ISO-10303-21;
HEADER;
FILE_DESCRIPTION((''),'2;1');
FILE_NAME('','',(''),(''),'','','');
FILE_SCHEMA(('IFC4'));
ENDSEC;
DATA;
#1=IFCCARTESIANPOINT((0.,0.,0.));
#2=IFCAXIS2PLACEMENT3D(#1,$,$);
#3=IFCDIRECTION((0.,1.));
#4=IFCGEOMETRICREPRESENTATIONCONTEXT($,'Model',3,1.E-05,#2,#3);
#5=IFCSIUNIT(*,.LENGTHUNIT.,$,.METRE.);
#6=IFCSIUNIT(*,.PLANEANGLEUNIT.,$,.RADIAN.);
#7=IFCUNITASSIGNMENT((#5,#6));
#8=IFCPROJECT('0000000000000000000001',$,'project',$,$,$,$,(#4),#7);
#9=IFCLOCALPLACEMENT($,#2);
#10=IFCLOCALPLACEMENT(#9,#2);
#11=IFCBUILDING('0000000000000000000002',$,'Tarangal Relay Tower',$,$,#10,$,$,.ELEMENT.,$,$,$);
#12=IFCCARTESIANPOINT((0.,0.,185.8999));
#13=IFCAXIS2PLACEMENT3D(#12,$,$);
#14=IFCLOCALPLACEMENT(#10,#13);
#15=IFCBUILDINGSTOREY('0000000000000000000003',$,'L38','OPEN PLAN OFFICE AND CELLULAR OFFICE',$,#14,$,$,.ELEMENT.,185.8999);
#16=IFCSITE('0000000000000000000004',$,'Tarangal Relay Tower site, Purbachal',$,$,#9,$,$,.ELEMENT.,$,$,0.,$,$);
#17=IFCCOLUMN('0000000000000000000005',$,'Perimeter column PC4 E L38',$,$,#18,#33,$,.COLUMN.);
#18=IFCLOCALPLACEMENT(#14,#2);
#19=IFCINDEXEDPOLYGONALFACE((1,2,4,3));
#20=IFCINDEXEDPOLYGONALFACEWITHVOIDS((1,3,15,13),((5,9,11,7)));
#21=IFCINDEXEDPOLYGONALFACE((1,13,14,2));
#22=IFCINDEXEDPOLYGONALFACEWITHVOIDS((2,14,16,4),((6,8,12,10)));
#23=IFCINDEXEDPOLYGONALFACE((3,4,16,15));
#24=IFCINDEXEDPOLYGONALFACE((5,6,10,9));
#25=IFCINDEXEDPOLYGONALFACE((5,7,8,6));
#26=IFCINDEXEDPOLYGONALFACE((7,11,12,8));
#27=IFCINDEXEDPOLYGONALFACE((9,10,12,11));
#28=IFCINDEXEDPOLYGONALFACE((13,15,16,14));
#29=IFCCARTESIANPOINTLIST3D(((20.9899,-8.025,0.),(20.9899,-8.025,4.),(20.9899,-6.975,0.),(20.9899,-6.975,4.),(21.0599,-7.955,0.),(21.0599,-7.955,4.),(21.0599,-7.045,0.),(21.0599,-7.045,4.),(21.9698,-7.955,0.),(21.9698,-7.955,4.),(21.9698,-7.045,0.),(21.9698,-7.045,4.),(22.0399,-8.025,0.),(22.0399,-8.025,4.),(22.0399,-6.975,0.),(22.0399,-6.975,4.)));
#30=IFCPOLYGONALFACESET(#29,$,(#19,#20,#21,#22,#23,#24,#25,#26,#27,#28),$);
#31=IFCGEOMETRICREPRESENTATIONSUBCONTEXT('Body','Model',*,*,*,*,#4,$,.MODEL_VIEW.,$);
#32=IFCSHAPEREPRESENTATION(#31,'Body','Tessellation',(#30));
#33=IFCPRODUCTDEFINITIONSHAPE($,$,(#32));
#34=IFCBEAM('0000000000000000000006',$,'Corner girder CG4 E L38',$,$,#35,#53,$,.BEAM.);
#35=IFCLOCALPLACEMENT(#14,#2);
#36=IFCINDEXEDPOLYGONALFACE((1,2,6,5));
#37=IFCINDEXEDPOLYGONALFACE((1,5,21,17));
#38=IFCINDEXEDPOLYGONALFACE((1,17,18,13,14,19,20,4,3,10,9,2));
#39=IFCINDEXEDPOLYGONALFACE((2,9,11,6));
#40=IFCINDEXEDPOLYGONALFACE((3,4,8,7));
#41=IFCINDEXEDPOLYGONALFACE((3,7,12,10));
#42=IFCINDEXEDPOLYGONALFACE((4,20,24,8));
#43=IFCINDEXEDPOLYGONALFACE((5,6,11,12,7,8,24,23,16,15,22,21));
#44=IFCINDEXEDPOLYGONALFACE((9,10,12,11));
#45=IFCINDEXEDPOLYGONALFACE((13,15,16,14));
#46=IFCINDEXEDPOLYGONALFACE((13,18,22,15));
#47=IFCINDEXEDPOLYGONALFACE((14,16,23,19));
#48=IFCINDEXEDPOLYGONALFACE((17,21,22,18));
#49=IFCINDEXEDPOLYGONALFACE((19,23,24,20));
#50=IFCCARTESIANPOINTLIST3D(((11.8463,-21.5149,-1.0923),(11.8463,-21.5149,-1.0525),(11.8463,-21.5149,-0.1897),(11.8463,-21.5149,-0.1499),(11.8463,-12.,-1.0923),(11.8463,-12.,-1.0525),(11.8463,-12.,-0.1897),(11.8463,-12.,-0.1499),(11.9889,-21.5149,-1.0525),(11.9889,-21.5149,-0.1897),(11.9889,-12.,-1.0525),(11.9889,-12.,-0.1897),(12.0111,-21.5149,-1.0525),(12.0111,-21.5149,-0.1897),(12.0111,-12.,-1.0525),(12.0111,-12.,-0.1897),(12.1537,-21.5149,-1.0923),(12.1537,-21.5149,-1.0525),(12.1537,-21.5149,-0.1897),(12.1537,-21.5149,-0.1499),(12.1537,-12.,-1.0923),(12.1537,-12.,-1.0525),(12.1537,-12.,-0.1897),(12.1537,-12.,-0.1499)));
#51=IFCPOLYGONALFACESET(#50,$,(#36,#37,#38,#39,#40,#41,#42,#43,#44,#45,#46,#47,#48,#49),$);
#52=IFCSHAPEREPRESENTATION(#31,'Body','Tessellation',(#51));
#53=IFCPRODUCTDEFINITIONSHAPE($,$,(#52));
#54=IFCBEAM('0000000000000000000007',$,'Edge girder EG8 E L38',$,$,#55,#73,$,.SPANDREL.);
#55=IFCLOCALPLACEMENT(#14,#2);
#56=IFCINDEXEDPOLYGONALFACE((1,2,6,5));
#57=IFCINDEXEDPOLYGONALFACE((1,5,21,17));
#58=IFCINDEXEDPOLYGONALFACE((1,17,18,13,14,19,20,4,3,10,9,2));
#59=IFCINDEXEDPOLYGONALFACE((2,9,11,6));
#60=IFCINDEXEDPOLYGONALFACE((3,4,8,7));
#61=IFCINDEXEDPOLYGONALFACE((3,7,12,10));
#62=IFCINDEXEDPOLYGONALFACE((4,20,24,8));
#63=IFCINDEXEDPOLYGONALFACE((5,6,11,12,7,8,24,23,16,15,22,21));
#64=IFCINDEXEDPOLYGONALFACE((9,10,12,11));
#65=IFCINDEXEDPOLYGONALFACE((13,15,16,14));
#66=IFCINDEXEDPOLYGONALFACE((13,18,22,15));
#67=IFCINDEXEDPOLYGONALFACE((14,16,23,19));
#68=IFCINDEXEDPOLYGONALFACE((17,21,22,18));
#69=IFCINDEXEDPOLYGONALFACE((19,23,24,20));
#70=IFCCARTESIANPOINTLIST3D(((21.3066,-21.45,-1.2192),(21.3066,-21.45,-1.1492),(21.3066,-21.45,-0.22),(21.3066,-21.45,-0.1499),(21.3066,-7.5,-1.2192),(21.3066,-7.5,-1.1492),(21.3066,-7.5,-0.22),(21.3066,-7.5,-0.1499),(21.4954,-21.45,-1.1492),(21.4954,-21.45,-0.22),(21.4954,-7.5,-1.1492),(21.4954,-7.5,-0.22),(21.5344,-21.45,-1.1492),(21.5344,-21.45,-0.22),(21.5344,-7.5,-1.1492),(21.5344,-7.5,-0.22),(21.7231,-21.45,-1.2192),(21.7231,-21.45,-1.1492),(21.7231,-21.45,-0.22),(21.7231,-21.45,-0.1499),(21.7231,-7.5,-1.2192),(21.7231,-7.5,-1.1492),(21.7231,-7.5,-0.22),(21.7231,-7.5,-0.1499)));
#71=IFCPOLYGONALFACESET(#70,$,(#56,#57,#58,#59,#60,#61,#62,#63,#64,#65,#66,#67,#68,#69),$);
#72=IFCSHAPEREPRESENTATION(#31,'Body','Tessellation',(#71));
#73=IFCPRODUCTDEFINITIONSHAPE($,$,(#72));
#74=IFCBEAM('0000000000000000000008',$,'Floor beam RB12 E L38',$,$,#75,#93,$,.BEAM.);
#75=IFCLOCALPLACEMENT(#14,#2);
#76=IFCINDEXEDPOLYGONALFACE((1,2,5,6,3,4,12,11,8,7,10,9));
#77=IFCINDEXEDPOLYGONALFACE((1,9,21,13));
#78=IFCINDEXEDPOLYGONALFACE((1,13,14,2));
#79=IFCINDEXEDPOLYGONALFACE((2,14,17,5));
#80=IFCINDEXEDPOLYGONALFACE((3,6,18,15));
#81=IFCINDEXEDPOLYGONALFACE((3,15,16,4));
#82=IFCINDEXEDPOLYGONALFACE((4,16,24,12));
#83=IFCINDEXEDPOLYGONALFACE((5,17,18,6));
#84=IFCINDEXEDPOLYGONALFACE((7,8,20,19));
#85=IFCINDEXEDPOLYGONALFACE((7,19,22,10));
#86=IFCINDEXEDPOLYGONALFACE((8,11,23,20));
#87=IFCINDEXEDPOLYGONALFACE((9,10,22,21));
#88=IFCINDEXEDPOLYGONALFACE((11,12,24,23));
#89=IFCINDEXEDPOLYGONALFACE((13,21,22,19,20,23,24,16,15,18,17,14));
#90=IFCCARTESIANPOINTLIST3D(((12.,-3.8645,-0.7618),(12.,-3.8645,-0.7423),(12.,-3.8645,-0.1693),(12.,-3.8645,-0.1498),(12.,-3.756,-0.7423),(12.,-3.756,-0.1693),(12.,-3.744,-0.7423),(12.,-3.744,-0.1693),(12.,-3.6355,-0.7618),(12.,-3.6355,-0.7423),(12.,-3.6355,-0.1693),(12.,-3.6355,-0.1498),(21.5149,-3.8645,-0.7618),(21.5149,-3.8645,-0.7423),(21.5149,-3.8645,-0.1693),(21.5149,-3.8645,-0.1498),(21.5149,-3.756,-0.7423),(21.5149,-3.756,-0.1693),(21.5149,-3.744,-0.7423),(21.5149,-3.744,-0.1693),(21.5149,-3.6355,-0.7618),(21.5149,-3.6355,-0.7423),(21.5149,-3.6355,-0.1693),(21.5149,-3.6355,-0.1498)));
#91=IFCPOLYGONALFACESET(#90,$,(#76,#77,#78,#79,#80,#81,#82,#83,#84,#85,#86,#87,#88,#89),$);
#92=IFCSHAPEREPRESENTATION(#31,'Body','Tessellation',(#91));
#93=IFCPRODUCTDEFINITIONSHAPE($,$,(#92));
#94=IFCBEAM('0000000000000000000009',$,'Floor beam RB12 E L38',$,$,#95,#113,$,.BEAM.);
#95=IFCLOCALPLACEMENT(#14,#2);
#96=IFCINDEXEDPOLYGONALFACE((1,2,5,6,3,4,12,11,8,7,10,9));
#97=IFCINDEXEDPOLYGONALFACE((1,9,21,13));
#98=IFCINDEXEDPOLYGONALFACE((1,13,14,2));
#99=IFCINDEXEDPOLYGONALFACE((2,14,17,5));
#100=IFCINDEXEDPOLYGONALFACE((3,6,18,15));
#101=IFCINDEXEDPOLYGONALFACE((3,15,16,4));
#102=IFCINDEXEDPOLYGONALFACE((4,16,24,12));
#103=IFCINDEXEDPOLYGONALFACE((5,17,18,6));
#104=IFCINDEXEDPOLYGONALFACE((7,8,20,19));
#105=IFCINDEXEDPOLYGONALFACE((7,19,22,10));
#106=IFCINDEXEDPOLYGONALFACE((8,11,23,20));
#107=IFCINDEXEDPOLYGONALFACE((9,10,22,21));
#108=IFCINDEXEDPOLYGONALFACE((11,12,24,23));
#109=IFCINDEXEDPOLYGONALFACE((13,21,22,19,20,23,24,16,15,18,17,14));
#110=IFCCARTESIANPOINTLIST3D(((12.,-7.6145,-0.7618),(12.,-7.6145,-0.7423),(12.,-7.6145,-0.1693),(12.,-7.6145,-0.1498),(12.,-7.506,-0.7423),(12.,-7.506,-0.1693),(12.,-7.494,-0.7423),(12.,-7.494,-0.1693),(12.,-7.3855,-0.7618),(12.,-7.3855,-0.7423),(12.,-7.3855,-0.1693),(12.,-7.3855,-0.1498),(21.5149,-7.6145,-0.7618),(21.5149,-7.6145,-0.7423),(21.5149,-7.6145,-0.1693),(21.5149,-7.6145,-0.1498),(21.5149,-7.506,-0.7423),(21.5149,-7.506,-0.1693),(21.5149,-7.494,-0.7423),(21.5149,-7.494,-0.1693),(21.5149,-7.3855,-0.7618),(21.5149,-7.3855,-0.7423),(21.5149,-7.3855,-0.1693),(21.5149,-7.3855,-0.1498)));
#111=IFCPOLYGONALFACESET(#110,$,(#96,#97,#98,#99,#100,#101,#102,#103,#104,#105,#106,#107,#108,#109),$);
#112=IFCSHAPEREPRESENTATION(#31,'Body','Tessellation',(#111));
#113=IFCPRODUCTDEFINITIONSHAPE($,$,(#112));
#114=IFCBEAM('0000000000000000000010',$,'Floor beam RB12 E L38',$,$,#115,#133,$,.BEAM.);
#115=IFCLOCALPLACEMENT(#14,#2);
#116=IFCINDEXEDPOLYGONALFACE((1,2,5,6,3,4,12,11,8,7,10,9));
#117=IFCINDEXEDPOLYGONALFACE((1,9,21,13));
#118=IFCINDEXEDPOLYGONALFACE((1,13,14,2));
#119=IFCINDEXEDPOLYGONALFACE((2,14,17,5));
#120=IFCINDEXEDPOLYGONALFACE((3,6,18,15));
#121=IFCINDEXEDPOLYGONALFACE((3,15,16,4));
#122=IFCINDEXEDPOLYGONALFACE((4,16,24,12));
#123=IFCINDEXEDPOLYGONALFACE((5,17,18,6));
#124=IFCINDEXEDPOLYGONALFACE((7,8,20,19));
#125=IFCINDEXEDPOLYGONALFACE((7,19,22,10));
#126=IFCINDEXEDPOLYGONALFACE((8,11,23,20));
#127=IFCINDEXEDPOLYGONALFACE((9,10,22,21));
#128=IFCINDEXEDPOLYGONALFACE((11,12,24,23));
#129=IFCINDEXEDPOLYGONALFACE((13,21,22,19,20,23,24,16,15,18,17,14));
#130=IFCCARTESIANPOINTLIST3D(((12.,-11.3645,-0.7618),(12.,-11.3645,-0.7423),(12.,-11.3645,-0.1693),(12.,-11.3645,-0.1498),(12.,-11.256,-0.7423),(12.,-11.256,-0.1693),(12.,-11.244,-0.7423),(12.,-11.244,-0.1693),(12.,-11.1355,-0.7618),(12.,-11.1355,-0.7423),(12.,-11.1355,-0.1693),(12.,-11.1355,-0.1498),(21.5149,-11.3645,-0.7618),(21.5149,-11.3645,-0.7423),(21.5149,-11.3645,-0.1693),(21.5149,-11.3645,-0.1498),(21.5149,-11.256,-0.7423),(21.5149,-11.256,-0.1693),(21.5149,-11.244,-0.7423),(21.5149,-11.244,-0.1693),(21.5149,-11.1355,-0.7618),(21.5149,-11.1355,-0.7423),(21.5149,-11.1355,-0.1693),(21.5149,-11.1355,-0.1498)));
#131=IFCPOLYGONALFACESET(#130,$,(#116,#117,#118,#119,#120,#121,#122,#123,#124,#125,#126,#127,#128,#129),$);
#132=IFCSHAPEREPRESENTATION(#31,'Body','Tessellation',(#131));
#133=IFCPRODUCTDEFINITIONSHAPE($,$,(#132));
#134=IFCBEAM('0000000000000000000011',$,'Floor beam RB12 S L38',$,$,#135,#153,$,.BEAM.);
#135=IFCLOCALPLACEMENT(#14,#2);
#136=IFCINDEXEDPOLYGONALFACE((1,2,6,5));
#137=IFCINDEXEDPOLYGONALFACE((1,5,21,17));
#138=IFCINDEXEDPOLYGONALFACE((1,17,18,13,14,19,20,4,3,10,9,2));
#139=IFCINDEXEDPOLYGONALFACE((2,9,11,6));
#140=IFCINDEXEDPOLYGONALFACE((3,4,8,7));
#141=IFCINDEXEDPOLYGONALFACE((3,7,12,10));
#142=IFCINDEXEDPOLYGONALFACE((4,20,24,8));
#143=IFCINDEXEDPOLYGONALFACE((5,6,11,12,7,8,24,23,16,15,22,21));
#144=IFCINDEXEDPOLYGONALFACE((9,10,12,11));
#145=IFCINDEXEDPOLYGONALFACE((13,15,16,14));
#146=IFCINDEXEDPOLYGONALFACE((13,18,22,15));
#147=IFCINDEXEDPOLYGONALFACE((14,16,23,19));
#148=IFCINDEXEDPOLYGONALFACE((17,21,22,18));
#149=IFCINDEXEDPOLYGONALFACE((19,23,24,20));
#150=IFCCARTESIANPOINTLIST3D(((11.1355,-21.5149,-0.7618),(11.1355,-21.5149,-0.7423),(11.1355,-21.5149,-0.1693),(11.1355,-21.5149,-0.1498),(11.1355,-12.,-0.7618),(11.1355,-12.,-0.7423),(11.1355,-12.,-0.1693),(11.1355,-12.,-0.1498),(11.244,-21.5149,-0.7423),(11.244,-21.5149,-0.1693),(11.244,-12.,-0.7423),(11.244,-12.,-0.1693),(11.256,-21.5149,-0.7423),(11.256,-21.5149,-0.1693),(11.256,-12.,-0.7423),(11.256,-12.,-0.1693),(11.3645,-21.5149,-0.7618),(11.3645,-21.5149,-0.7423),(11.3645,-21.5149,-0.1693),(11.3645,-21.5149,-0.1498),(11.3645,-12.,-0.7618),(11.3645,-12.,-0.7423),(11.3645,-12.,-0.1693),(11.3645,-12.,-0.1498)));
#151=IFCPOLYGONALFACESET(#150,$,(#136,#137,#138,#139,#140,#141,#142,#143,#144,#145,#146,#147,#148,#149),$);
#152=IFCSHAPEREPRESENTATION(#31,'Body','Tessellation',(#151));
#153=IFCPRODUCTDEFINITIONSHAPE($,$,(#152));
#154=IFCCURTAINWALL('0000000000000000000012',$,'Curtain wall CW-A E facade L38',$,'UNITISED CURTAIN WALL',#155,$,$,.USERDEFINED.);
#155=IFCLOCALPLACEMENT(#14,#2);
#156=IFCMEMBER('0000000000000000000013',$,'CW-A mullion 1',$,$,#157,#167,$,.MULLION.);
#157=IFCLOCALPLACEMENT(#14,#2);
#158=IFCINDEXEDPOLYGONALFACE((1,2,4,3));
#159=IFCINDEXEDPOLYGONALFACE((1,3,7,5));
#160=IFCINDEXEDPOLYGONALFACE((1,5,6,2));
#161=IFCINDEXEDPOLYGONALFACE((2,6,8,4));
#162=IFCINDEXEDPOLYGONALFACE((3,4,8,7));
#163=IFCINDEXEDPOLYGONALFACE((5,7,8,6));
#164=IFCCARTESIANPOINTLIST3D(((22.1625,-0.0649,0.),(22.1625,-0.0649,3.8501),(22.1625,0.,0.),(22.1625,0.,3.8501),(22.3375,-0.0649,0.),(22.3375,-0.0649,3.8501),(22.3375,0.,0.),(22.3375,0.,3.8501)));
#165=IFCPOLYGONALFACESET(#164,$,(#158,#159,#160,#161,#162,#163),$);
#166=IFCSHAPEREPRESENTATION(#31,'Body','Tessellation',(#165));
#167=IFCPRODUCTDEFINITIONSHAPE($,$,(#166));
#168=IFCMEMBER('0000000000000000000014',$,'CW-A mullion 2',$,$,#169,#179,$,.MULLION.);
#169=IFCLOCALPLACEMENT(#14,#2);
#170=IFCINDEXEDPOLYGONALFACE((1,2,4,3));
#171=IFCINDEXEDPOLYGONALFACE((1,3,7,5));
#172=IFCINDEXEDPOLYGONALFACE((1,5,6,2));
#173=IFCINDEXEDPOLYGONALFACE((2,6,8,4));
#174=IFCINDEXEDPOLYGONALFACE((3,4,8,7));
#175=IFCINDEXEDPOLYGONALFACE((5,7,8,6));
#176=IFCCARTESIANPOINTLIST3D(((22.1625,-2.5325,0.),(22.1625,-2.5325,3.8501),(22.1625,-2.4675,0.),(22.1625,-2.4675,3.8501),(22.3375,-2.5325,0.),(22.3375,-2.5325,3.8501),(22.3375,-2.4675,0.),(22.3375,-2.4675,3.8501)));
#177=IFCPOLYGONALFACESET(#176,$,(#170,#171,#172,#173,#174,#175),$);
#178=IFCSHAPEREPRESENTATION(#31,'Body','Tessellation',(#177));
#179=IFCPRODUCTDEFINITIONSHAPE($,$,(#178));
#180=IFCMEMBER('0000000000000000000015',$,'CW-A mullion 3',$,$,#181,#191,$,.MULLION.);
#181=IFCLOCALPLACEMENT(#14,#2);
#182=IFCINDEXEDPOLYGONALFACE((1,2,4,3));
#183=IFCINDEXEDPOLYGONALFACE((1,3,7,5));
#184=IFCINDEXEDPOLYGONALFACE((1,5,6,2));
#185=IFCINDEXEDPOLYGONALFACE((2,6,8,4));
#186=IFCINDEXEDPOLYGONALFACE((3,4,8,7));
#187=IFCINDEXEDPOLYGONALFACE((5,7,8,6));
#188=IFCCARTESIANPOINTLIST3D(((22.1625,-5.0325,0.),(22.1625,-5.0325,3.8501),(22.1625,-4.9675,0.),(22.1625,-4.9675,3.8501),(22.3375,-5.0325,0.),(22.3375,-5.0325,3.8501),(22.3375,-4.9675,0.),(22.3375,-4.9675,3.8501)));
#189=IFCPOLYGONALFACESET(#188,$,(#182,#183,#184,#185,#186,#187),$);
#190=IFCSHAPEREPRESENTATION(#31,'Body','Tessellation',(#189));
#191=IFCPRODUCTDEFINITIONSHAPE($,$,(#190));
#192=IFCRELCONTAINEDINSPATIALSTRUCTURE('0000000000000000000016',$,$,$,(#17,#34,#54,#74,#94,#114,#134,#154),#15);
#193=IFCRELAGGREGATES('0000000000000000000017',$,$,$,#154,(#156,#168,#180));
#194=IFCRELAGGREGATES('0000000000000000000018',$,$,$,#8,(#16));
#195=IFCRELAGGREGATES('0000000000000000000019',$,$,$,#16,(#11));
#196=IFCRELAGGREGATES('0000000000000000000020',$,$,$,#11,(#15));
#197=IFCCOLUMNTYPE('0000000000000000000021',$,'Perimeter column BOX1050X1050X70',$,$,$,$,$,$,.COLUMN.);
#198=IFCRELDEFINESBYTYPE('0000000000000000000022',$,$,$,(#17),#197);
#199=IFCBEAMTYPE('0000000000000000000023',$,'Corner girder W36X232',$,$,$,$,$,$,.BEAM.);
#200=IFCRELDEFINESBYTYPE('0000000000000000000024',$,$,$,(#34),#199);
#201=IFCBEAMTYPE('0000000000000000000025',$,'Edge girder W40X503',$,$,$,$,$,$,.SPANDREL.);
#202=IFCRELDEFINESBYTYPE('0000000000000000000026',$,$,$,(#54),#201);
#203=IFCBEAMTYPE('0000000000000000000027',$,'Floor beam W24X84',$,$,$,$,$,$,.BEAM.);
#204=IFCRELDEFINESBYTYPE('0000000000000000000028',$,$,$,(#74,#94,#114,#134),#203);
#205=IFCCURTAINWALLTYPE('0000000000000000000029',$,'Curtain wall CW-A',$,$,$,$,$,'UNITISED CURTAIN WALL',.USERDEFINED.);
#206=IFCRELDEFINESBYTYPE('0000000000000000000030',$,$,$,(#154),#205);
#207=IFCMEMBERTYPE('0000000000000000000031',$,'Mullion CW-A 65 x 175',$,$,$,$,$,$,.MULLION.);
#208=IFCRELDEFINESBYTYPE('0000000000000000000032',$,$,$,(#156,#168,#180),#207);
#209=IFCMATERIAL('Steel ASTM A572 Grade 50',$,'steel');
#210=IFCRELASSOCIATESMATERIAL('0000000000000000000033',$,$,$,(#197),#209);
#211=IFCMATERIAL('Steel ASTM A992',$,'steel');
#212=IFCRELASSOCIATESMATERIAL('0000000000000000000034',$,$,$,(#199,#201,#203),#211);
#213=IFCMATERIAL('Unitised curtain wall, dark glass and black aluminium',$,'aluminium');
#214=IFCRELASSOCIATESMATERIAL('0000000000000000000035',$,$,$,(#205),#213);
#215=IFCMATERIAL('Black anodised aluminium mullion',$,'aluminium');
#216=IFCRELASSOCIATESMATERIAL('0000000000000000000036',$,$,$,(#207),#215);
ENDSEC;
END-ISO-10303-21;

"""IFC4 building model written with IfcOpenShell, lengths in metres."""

from ifc_helpers import new_model, si_unit, direction, frame, origin, origin_2d, place, context, subcontext, project, spatial, rectangle, hollow_rectangle, i_section, extrude, material, material_profile, profile_set, type_object, element, aggregate, save


model = new_model("IFC4")

# Units and contexts
model_context = context("Model", 3, precision=1e-05, world=origin(), true_north=direction((0.0, 1.0)))
body_context = subcontext(model_context, "Body", "Model", "MODEL_VIEW")
ifc_project = project(units=[si_unit("LENGTHUNIT", "METRE"), si_unit("PLANEANGLEUNIT", "RADIAN")], contexts=[model_context])

# Site, building, storey
site_placement = place(None, origin())
site = spatial("IfcSite", under=ifc_project, at=site_placement, Name="Tarangal Relay Tower site, Purbachal", CompositionType="ELEMENT", RefElevation=0.0)
building_placement = place(site_placement, origin())
building = spatial("IfcBuilding", under=site, at=building_placement, Name="Tarangal Relay Tower", CompositionType="ELEMENT")
storey_placement = place(building_placement, frame((0.0, 0.0, 185.8999)))
storey = spatial("IfcBuildingStorey", under=building, at=storey_placement, Name="L38", Description="OPEN PLAN OFFICE AND CELLULAR OFFICE", CompositionType="ELEMENT", Elevation=185.8999)

# Column
ifc_material_1 = material(Name="Steel ASTM A572 Grade 50", Category="steel")
ifc_material_profile_1 = material_profile(ifc_material_1, hollow_rectangle(XDim=1.05, YDim=1.05, WallThickness=0.0701, at=origin_2d()), Name="BOX1050X1050X70")
ifc_profile_set_1 = profile_set([ifc_material_profile_1], Name="Steel ASTM A572 Grade 50")
column_type = type_object("IfcColumnType", Name="Perimeter column BOX1050X1050X70", PredefinedType="COLUMN", material=ifc_profile_set_1)
column_placement = place(storey_placement, frame((21.5149, -7.5, 0.0), z_axis=(0.0, 0.0, 1.0), x_axis=(1.0, 0.0, 0.0)))
element("IfcColumn", 1, at=column_placement, inside=storey, type_object=column_type, Name="Perimeter column PC4 E L38", PredefinedType="COLUMN", context=body_context, shape_type="SweptSolid", body=[
    extrude(hollow_rectangle(XDim=1.05, YDim=1.05, WallThickness=0.0701, at=origin_2d()), origin(), (0.0, 0.0, 1.0), 4.0),
])

# Beams
ifc_material_2 = material(Name="Steel ASTM A992", Category="steel")
ifc_material_profile_2 = material_profile(ifc_material_2, i_section(OverallWidth=0.3074, OverallDepth=0.9424, WebThickness=0.0222, FlangeThickness=0.0398, at=origin_2d()), Name="W36X232")
ifc_profile_set_2 = profile_set([ifc_material_profile_2], Name="Steel ASTM A992")
beam_type_1 = type_object("IfcBeamType", Name="Corner girder W36X232", PredefinedType="BEAM", material=ifc_profile_set_2)
beam_1_placement = place(storey_placement, frame((12.0, -12.0, -0.6211), z_axis=(0.0, -1.0, 0.0), x_axis=(1.0, 0.0, 0.0)))
element("IfcBeam", 2, at=beam_1_placement, inside=storey, type_object=beam_type_1, Name="Corner girder CG4 E L38", PredefinedType="BEAM", context=body_context, shape_type="SweptSolid", body=[
    extrude(i_section(OverallWidth=0.3074, OverallDepth=0.9424, WebThickness=0.0222, FlangeThickness=0.0398, at=origin_2d()), origin(), (0.0, 0.0, 1.0), 9.5149),
])
ifc_material_profile_3 = material_profile(ifc_material_2, i_section(OverallWidth=0.4165, OverallDepth=1.0693, WebThickness=0.0391, FlangeThickness=0.0701, at=origin_2d()), Name="W40X503")
ifc_profile_set_3 = profile_set([ifc_material_profile_3], Name="Steel ASTM A992")
beam_type_2 = type_object("IfcBeamType", Name="Edge girder W40X503", PredefinedType="SPANDREL", material=ifc_profile_set_3)
beam_2_placement = place(storey_placement, frame((21.5149, -7.5, -0.6846), z_axis=(0.0, -1.0, 0.0), x_axis=(1.0, 0.0, 0.0)))
element("IfcBeam", 3, at=beam_2_placement, inside=storey, type_object=beam_type_2, Name="Edge girder EG8 E L38", PredefinedType="SPANDREL", context=body_context, shape_type="SweptSolid", body=[
    extrude(i_section(OverallWidth=0.4165, OverallDepth=1.0693, WebThickness=0.0391, FlangeThickness=0.0701, at=origin_2d()), origin(), (0.0, 0.0, 1.0), 13.95),
])
ifc_material_profile_4 = material_profile(ifc_material_2, i_section(OverallWidth=0.229, OverallDepth=0.6121, WebThickness=0.012, FlangeThickness=0.0195, at=origin_2d()), Name="W24X84")
ifc_profile_set_4 = profile_set([ifc_material_profile_4], Name="Steel ASTM A992")
beam_type_3 = type_object("IfcBeamType", Name="Floor beam W24X84", PredefinedType="BEAM", material=ifc_profile_set_4)
for number, where, z_axis, x_axis, name in (
    (4, (12.0, -3.75, -0.4558), (1.0, 0.0, 0.0), (0.0, 1.0, 0.0), "Floor beam RB12 E L38"),
    (5, (12.0, -7.5, -0.4558), (1.0, 0.0, 0.0), (0.0, 1.0, 0.0), "Floor beam RB12 E L38"),
    (6, (12.0, -11.25, -0.4558), (1.0, 0.0, 0.0), (0.0, 1.0, 0.0), "Floor beam RB12 E L38"),
    (7, (11.25, -12.0, -0.4558), (0.0, -1.0, 0.0), (1.0, 0.0, 0.0), "Floor beam RB12 S L38"),
):
    element("IfcBeam", number, at=place(storey_placement, frame(where, z_axis=z_axis, x_axis=x_axis)), inside=storey, type_object=beam_type_3, Name=name, PredefinedType="BEAM", context=body_context, shape_type="SweptSolid", body=[
        extrude(i_section(OverallWidth=0.229, OverallDepth=0.6121, WebThickness=0.012, FlangeThickness=0.0195, at=origin_2d()), origin(), (0.0, 0.0, 1.0), 9.5149),
    ])

# Curtain wall, members
ifc_material_3 = material(Name="Unitised curtain wall, dark glass and black aluminium", Category="aluminium")
curtain_wall_type_1 = type_object("IfcCurtainWallType", Name="Curtain wall CW-A", ElementType="UNITISED CURTAIN WALL", PredefinedType="USERDEFINED", material=ifc_material_3)
curtain_wall_1_placement = place(storey_placement, origin())
curtain_wall_1 = element("IfcCurtainWall", 8, at=curtain_wall_1_placement, inside=storey, type_object=curtain_wall_type_1, Name="Curtain wall CW-A E facade L38", ObjectType="UNITISED CURTAIN WALL", PredefinedType="USERDEFINED")
ifc_material_4 = material(Name="Black anodised aluminium mullion", Category="aluminium")
ifc_material_profile_5 = material_profile(ifc_material_4, rectangle(XDim=0.175, YDim=0.0649, at=origin_2d()), Name="CW-AM 65X175")
ifc_profile_set_5 = profile_set([ifc_material_profile_5], Name="Black anodised aluminium mullion")
member_type_1 = type_object("IfcMemberType", Name="Mullion CW-A 65 x 175", PredefinedType="MULLION", material=ifc_profile_set_5)
member_1_placement = place(storey_placement, frame((22.25, -0.0325, 0.0), z_axis=(0.0, 0.0, 1.0), x_axis=(1.0, 0.0, 0.0)))
member_1 = element("IfcMember", 9, at=member_1_placement, type_object=member_type_1, Name="CW-A mullion 1", PredefinedType="MULLION", context=body_context, shape_type="SweptSolid", body=[
    extrude(rectangle(XDim=0.175, YDim=0.0649, at=origin_2d()), origin(), (0.0, 0.0, 1.0), 3.8501),
])
member_2_placement = place(storey_placement, frame((22.25, -2.5, 0.0), z_axis=(0.0, 0.0, 1.0), x_axis=(1.0, 0.0, 0.0)))
member_2 = element("IfcMember", 10, at=member_2_placement, type_object=member_type_1, Name="CW-A mullion 2", PredefinedType="MULLION", context=body_context, shape_type="SweptSolid", body=[
    extrude(rectangle(XDim=0.175, YDim=0.0649, at=origin_2d()), origin(), (0.0, 0.0, 1.0), 3.8501),
])
member_3_placement = place(storey_placement, frame((22.25, -5.0, 0.0), z_axis=(0.0, 0.0, 1.0), x_axis=(1.0, 0.0, 0.0)))
member_3 = element("IfcMember", 11, at=member_3_placement, type_object=member_type_1, Name="CW-A mullion 3", PredefinedType="MULLION", context=body_context, shape_type="SweptSolid", body=[
    extrude(rectangle(XDim=0.175, YDim=0.0649, at=origin_2d()), origin(), (0.0, 0.0, 1.0), 3.8501),
])

aggregate(curtain_wall_1, [member_1, member_2, member_3])

save(model, "model.ifc")
